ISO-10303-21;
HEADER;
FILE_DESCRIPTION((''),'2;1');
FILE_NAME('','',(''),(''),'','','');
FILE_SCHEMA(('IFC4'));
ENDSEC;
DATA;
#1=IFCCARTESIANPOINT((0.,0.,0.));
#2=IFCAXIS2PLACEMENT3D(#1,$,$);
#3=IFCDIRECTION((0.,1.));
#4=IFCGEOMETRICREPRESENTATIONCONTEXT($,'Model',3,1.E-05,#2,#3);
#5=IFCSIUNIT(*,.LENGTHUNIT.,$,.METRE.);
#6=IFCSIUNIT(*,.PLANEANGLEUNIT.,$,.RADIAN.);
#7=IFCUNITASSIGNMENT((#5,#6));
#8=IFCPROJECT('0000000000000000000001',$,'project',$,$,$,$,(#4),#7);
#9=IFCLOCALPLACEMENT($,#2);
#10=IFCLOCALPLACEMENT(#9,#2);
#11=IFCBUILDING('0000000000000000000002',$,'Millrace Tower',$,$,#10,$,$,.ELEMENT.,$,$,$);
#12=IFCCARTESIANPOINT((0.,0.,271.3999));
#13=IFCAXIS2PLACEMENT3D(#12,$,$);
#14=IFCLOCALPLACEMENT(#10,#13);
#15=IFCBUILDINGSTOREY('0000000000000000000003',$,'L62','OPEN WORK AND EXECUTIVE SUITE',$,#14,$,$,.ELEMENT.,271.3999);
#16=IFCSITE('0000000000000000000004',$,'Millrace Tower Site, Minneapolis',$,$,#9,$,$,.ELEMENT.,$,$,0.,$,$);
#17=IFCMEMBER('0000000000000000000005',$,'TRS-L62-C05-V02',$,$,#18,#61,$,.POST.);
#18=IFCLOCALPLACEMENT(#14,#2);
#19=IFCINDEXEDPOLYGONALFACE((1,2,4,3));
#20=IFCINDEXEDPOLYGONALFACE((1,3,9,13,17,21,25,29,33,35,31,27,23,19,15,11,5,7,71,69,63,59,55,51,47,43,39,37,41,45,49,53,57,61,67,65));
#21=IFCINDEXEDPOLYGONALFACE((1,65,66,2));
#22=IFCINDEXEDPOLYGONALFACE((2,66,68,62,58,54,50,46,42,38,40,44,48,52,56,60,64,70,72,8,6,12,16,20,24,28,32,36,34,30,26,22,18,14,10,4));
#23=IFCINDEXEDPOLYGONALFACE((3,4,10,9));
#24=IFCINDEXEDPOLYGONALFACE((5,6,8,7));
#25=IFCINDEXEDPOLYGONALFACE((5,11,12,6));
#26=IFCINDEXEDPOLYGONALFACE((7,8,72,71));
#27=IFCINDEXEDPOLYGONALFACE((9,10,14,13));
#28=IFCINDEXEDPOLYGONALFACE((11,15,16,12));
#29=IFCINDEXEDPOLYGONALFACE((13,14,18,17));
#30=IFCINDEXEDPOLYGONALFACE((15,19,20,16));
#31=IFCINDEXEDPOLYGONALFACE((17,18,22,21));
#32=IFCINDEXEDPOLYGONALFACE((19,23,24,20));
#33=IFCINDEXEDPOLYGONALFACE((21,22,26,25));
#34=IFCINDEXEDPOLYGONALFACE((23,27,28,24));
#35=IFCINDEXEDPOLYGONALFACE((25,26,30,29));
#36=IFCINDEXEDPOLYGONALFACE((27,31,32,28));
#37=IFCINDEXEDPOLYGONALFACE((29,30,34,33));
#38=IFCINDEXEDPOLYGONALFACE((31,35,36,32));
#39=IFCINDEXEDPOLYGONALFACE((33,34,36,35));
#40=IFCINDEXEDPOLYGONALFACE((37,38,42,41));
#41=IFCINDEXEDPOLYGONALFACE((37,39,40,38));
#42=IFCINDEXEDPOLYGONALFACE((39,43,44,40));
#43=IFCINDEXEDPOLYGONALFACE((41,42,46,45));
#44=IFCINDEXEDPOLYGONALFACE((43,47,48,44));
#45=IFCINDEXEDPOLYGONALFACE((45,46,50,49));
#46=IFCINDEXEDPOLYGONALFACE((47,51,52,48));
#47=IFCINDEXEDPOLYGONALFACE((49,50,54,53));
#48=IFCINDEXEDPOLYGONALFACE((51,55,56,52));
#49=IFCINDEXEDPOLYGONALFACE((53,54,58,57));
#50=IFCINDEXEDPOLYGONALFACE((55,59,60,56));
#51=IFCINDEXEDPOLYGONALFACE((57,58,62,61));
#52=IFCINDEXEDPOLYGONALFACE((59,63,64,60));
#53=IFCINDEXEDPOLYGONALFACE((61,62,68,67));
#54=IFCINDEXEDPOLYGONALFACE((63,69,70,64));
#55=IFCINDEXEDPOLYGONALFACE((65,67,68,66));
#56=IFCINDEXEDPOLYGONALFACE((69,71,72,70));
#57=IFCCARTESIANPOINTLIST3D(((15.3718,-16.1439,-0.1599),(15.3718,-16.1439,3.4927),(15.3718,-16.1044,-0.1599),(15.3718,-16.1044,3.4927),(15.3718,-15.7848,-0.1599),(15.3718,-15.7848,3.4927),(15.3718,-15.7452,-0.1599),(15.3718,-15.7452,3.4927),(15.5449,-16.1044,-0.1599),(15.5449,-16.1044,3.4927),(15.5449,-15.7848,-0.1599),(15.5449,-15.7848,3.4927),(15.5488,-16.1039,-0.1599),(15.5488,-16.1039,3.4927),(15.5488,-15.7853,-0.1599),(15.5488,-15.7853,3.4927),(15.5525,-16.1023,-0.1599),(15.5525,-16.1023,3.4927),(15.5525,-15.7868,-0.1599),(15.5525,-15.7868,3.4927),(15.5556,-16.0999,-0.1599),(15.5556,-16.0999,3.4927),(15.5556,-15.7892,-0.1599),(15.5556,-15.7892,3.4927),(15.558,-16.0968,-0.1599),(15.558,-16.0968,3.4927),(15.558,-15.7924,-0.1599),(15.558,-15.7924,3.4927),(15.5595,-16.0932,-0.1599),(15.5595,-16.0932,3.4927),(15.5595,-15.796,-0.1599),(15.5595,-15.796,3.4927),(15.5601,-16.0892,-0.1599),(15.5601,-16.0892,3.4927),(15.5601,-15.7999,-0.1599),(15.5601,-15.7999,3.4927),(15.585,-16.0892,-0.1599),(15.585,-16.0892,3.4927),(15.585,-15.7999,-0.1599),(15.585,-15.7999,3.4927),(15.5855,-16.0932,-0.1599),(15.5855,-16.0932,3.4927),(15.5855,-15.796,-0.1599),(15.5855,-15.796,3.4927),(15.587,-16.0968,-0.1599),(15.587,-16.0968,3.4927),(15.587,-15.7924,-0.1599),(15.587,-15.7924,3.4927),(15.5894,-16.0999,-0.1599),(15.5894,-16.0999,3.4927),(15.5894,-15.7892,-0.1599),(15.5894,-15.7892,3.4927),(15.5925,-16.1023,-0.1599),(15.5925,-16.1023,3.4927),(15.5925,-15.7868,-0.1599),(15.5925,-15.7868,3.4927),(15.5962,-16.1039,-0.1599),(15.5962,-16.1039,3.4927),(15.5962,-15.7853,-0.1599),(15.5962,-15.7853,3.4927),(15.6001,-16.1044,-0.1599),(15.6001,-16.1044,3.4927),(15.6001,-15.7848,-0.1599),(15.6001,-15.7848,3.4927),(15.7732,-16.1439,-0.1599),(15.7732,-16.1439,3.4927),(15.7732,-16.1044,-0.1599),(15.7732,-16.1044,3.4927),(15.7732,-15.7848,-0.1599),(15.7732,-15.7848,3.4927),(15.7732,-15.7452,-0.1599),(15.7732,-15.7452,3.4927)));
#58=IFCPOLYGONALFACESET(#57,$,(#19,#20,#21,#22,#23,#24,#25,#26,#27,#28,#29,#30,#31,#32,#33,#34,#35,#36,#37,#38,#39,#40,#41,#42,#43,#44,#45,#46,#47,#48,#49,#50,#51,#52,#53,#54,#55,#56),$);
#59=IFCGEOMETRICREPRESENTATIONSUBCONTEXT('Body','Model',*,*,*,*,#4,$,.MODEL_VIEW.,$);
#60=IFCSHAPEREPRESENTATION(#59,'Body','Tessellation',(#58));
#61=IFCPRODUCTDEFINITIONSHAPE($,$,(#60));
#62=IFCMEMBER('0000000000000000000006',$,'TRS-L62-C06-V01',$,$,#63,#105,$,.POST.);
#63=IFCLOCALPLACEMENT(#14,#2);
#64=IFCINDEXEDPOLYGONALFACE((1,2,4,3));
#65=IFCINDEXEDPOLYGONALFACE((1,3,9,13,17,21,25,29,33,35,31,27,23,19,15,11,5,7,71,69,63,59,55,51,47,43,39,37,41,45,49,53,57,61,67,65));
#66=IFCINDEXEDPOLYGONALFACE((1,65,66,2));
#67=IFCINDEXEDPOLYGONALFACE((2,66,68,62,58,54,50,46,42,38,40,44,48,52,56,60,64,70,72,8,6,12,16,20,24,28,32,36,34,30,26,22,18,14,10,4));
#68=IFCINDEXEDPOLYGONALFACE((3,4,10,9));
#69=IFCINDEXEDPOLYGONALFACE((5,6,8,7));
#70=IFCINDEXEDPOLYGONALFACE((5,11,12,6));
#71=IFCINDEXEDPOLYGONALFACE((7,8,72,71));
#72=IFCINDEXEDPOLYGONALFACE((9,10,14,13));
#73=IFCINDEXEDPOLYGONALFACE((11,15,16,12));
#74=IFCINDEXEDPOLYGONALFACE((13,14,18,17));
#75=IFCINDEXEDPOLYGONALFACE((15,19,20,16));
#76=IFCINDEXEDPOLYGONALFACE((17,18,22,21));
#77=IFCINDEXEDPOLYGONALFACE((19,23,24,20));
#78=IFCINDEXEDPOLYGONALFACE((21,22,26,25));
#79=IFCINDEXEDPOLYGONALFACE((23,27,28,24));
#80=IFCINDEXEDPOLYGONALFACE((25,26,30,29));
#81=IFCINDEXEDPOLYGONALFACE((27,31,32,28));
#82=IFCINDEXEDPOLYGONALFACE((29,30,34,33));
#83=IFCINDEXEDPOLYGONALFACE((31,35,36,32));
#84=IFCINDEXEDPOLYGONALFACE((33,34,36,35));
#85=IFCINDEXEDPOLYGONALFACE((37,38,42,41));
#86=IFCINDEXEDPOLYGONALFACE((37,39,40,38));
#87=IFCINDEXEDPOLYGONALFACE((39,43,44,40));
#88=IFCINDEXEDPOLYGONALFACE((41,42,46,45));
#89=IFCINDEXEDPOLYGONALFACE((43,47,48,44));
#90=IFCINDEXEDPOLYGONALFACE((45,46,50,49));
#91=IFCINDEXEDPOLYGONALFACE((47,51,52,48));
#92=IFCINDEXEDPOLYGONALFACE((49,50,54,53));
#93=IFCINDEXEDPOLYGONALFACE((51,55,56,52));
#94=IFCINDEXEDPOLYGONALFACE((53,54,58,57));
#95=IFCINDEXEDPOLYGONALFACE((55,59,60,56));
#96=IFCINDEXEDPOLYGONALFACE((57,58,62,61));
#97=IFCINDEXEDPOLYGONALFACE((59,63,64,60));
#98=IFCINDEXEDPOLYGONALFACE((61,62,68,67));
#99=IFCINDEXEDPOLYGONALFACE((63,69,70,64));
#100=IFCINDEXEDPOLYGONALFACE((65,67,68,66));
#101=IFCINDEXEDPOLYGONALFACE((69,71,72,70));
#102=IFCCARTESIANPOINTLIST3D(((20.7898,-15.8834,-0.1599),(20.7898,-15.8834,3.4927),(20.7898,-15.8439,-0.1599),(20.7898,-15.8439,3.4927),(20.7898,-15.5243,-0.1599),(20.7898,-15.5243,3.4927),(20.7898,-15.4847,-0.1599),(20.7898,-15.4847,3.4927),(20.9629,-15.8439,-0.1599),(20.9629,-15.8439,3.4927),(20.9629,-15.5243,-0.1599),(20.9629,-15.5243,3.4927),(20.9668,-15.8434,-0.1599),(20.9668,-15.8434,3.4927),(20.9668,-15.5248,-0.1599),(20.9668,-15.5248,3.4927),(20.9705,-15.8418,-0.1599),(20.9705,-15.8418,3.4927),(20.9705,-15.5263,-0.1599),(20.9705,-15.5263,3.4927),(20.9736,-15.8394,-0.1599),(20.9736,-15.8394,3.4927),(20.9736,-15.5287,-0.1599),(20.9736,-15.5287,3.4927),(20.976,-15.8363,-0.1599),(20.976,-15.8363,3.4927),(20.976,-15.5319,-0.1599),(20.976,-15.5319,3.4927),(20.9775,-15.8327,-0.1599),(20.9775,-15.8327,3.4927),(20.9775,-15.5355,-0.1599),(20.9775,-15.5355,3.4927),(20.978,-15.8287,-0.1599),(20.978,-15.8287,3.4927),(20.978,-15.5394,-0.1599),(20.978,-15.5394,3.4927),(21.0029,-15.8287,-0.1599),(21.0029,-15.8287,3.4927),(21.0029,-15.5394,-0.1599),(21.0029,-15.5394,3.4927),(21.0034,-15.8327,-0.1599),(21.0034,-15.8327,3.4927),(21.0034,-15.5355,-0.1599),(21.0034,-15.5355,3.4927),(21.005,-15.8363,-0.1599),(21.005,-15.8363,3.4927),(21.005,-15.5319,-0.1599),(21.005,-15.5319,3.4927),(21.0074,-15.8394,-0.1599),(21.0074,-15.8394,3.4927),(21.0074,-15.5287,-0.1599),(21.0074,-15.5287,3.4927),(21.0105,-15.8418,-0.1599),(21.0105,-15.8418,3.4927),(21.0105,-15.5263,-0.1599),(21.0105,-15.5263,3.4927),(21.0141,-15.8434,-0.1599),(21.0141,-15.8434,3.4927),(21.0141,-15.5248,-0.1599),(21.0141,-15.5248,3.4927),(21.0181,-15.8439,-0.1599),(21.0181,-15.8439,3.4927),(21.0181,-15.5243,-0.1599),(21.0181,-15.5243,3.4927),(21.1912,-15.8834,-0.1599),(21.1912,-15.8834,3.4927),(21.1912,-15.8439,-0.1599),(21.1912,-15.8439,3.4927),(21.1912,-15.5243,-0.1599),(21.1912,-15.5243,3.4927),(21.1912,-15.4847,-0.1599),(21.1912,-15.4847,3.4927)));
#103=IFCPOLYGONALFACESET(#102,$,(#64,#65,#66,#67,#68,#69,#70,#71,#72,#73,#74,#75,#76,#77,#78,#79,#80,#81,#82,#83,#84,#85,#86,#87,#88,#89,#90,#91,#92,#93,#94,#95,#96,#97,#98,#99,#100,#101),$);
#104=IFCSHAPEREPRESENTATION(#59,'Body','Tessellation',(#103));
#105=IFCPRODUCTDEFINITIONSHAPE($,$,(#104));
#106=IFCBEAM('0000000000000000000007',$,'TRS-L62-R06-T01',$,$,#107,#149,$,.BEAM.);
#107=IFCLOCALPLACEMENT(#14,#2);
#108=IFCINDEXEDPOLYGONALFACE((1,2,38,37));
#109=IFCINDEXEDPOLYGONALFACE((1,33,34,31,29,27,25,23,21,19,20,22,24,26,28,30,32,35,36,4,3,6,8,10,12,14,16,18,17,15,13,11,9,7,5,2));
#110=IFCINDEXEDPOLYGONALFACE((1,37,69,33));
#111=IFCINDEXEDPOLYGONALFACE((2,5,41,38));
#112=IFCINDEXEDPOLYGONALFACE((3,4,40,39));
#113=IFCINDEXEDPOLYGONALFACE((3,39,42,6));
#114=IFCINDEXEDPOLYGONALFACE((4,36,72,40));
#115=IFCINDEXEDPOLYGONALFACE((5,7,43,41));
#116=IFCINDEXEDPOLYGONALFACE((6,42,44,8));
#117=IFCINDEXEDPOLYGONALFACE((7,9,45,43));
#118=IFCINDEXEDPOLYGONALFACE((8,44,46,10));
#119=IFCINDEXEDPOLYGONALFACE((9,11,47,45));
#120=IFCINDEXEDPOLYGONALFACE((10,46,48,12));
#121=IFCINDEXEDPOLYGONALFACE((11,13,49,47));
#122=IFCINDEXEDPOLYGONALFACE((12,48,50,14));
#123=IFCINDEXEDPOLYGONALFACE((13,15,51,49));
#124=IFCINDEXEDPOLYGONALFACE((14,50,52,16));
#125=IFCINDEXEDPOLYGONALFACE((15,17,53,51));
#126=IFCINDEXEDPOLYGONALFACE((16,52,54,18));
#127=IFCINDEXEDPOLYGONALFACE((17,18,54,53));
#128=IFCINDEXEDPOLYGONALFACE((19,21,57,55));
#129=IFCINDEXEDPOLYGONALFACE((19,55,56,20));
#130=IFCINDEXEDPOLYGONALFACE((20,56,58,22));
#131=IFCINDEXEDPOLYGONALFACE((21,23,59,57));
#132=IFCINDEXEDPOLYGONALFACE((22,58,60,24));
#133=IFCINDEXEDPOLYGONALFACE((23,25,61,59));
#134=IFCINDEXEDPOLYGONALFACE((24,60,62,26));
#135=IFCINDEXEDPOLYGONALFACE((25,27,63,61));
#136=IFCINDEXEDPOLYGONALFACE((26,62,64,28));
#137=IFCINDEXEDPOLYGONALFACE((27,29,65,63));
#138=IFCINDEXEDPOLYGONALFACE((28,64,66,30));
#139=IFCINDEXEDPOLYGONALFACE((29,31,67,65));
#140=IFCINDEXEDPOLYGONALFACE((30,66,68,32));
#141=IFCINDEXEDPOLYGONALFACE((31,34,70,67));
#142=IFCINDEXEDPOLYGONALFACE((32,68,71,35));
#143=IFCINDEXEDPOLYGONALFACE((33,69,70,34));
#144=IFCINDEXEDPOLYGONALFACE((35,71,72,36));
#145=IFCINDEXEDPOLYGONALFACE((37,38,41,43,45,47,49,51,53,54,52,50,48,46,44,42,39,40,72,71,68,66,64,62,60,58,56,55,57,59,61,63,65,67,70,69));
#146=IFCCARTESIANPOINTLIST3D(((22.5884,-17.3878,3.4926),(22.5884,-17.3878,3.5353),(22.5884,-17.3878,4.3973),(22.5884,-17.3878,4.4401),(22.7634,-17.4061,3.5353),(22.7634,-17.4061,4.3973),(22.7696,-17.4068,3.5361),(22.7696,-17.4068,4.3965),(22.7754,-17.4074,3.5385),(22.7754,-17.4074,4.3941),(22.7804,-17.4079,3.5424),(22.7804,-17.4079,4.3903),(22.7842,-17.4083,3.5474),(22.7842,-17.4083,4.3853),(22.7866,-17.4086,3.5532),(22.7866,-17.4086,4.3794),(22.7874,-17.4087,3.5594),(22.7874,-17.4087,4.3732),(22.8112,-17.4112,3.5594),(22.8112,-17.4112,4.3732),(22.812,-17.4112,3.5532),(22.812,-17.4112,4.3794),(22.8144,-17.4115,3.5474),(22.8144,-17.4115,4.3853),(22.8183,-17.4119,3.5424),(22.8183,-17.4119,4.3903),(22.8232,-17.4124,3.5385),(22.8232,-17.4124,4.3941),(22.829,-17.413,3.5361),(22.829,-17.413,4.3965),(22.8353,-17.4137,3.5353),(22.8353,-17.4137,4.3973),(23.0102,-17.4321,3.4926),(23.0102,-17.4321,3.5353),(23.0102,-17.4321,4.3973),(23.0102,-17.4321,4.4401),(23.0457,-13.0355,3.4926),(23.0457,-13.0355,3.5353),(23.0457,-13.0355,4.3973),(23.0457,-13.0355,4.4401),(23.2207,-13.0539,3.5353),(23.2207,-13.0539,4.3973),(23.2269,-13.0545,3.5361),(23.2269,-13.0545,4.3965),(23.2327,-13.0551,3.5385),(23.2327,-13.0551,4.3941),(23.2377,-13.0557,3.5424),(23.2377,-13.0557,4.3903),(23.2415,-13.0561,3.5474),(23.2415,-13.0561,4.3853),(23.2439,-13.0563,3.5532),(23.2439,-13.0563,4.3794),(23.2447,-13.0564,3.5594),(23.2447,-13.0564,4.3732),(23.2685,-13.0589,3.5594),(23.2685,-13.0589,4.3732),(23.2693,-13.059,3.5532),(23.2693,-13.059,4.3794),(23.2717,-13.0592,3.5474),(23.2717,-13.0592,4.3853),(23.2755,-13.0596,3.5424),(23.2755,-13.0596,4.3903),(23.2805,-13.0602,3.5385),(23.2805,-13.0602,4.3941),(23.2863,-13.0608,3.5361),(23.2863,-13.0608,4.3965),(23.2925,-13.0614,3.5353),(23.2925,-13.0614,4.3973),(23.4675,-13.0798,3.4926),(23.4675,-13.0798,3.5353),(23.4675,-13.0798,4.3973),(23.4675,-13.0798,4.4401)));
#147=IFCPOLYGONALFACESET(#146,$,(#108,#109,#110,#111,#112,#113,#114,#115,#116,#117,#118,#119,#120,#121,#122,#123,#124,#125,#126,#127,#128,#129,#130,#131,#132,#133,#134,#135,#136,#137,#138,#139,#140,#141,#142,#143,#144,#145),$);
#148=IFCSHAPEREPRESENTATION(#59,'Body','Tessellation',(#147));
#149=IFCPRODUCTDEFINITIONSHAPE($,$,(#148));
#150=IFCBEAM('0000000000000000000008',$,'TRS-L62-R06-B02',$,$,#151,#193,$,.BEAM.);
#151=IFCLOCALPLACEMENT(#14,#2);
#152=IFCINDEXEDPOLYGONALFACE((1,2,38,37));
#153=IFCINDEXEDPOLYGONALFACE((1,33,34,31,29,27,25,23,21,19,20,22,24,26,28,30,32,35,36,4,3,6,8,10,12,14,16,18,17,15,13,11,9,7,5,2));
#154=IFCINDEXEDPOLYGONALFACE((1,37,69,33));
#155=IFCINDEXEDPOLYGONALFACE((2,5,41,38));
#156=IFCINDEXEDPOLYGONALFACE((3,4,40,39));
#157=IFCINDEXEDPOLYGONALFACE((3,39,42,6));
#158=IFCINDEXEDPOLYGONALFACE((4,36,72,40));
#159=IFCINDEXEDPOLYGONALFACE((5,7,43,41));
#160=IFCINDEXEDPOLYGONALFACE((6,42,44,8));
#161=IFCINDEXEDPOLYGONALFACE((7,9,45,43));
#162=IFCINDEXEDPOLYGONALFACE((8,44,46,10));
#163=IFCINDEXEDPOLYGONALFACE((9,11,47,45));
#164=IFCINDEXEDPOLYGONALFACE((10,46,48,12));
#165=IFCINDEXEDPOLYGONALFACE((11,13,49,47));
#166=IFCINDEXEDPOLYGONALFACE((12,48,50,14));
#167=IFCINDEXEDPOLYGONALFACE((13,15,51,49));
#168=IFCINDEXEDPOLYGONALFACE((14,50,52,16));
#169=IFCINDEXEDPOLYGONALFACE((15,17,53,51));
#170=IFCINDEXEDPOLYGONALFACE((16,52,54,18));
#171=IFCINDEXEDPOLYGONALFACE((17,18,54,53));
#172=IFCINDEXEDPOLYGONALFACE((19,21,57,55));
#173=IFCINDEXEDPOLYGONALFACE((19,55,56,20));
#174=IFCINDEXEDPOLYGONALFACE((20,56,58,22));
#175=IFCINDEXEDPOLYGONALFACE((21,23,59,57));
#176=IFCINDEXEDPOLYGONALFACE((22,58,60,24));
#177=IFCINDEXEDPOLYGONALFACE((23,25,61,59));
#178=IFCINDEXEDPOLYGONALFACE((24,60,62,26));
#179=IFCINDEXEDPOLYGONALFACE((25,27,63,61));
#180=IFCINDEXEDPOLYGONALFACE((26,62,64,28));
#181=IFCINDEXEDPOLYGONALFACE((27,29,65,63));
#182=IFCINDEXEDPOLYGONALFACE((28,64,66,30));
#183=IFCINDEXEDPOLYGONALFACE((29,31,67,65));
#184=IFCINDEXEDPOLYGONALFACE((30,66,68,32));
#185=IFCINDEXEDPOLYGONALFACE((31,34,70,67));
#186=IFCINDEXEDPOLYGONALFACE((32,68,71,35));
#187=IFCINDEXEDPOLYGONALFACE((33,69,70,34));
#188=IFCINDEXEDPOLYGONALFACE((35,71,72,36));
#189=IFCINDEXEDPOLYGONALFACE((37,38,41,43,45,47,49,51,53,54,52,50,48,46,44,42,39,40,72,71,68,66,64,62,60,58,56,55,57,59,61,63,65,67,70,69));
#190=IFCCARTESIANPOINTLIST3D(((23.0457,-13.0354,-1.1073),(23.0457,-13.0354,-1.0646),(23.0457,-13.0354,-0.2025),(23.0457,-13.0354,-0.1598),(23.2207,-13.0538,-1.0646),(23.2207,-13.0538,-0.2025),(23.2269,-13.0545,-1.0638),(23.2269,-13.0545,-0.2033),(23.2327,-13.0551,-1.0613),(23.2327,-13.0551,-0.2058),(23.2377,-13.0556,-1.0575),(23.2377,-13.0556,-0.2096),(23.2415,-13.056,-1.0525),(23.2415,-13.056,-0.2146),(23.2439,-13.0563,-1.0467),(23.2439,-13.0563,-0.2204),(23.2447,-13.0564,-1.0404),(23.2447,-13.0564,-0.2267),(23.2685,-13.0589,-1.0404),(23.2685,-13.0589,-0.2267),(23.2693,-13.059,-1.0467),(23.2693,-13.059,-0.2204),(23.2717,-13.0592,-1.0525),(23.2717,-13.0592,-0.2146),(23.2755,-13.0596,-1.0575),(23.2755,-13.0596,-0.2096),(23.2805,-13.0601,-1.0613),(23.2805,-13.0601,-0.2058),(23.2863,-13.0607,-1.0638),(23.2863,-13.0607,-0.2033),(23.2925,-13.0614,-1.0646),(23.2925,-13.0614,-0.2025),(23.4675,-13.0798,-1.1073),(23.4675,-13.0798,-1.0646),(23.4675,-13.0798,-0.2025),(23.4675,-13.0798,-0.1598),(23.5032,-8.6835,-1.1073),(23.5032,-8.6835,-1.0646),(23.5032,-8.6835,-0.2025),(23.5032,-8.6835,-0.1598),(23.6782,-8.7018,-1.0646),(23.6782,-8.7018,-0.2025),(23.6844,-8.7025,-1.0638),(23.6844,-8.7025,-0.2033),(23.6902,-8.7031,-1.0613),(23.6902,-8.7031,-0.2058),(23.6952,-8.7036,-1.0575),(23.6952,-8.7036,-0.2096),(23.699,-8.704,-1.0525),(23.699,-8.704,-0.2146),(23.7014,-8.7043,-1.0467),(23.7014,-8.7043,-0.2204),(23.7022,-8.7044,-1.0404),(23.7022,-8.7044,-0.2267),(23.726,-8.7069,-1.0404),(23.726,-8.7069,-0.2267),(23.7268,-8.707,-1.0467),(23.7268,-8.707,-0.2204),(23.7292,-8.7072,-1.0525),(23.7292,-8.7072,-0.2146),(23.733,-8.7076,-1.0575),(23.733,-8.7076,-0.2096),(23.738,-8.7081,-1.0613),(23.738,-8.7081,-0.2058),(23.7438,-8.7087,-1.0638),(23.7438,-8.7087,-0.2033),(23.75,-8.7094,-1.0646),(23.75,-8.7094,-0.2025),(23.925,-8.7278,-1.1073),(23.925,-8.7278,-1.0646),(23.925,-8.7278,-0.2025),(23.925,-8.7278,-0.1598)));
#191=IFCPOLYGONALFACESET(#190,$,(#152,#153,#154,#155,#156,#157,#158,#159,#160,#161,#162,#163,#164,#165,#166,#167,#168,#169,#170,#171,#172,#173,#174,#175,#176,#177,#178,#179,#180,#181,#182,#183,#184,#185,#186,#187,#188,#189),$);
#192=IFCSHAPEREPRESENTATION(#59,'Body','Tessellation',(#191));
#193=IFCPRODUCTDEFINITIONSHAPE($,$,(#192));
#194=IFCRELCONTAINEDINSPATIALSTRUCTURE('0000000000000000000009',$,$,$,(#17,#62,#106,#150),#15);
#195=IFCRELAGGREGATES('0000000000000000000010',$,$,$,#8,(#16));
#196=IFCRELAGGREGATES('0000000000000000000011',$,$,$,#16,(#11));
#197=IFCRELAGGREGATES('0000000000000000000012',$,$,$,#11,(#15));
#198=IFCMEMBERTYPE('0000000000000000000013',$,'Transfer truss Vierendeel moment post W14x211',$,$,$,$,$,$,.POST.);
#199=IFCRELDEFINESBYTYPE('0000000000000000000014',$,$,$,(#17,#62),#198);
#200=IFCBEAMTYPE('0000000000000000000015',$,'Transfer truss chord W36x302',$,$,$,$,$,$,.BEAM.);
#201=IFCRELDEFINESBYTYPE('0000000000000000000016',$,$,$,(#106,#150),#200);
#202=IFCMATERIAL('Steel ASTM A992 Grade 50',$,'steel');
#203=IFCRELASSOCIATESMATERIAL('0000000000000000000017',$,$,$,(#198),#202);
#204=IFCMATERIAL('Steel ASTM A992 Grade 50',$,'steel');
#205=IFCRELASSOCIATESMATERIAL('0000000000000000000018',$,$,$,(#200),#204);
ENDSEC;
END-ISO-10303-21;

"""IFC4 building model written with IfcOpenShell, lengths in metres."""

from ifc_helpers import new_model, si_unit, direction, frame, origin, origin_2d, place, context, subcontext, project, spatial, i_section, extrude, material, material_profile, profile_set, type_object, element, save


model = new_model("IFC4")

# Units and contexts
model_context = context("Model", 3, precision=1e-05, world=origin(), true_north=direction((0.0, 1.0)))
body_context = subcontext(model_context, "Body", "Model", "MODEL_VIEW")
ifc_project = project(units=[si_unit("LENGTHUNIT", "METRE"), si_unit("PLANEANGLEUNIT", "RADIAN")], contexts=[model_context])

# Site, building, storey
site_placement = place(None, origin())
site = spatial("IfcSite", under=ifc_project, at=site_placement, Name="Millrace Tower Site, Minneapolis", CompositionType="ELEMENT", RefElevation=0.0)
building_placement = place(site_placement, origin())
building = spatial("IfcBuilding", under=site, at=building_placement, Name="Millrace Tower", CompositionType="ELEMENT")
storey_placement = place(building_placement, frame((0.0, 0.0, 271.3999)))
storey = spatial("IfcBuildingStorey", under=building, at=storey_placement, Name="L62", Description="OPEN WORK AND EXECUTIVE SUITE", CompositionType="ELEMENT", Elevation=271.3999)

# Members
ifc_material_1 = material(Name="Steel ASTM A992 Grade 50", Category="steel")
ifc_material_profile_1 = material_profile(ifc_material_1, i_section(OverallWidth=0.4014, OverallDepth=0.3987, WebThickness=0.0249, FlangeThickness=0.0396, FilletRadius=0.0151, at=origin_2d()))
ifc_profile_set_1 = profile_set([ifc_material_profile_1], Name="Steel ASTM A992 Grade 50")
member_type_1 = type_object("IfcMemberType", Name="Transfer truss Vierendeel moment post W14x211", PredefinedType="POST", material=ifc_profile_set_1)
for number, where, z_axis, x_axis, name in (
    (1, (15.5725, -15.9446, -0.1599), (0.0, 0.0, 1.0), (1.0, 0.0, 0.0), "TRS-L62-C05-V02"),
    (2, (20.9905, -15.6841, -0.1599), (0.0, 0.0, 1.0), (1.0, 0.0, 0.0), "TRS-L62-C06-V01"),
):
    element("IfcMember", number, at=place(storey_placement, frame(where, z_axis=z_axis, x_axis=x_axis)), inside=storey, type_object=member_type_1, Name=name, PredefinedType="POST", context=body_context, shape_type="SweptSolid", body=[
        extrude(i_section(OverallWidth=0.4014, OverallDepth=0.3987, WebThickness=0.0249, FlangeThickness=0.0396, FilletRadius=0.0151, at=origin_2d()), origin(), (0.0, 0.0, 1.0), 3.6526),
    ])

# Beams
ifc_material_2 = material(Name="Steel ASTM A992 Grade 50", Category="steel")
ifc_material_profile_2 = material_profile(ifc_material_2, i_section(OverallWidth=0.4241, OverallDepth=0.9475, WebThickness=0.0239, FlangeThickness=0.0427, FilletRadius=0.0242, at=origin_2d()))
ifc_profile_set_2 = profile_set([ifc_material_profile_2], Name="Steel ASTM A992 Grade 50")
beam_type_1 = type_object("IfcBeamType", Name="Transfer truss chord W36x302", PredefinedType="BEAM", material=ifc_profile_set_2)
beam_1_placement = place(storey_placement, frame((22.7993, -17.4099, 3.9663), z_axis=(0.10449, 0.994526, 0.0), x_axis=(-0.994526, 0.10449, 0.0)))
element("IfcBeam", 3, at=beam_1_placement, inside=storey, type_object=beam_type_1, Name="TRS-L62-R06-T01", PredefinedType="BEAM", context=body_context, shape_type="SweptSolid", body=[
    extrude(i_section(OverallWidth=0.4241, OverallDepth=0.9475, WebThickness=0.0239, FlangeThickness=0.0427, FilletRadius=0.0242, at=origin_2d()), origin(), (0.0, 0.0, 1.0), 4.3762),
])
for number, where, z_axis, x_axis, name in (
    (4, (23.2566, -13.0576, -0.6335), (0.104551, 0.99452, 0.0), (-0.99452, 0.104551, 0.0), "TRS-L62-R06-B02"),
):
    element("IfcBeam", number, at=place(storey_placement, frame(where, z_axis=z_axis, x_axis=x_axis)), inside=storey, type_object=beam_type_1, Name=name, PredefinedType="BEAM", context=body_context, shape_type="SweptSolid", body=[
        extrude(i_section(OverallWidth=0.4241, OverallDepth=0.9475, WebThickness=0.0239, FlangeThickness=0.0427, FilletRadius=0.0242, at=origin_2d()), origin(), (0.0, 0.0, 1.0), 4.376),
    ])

save(model, "model.ifc")
